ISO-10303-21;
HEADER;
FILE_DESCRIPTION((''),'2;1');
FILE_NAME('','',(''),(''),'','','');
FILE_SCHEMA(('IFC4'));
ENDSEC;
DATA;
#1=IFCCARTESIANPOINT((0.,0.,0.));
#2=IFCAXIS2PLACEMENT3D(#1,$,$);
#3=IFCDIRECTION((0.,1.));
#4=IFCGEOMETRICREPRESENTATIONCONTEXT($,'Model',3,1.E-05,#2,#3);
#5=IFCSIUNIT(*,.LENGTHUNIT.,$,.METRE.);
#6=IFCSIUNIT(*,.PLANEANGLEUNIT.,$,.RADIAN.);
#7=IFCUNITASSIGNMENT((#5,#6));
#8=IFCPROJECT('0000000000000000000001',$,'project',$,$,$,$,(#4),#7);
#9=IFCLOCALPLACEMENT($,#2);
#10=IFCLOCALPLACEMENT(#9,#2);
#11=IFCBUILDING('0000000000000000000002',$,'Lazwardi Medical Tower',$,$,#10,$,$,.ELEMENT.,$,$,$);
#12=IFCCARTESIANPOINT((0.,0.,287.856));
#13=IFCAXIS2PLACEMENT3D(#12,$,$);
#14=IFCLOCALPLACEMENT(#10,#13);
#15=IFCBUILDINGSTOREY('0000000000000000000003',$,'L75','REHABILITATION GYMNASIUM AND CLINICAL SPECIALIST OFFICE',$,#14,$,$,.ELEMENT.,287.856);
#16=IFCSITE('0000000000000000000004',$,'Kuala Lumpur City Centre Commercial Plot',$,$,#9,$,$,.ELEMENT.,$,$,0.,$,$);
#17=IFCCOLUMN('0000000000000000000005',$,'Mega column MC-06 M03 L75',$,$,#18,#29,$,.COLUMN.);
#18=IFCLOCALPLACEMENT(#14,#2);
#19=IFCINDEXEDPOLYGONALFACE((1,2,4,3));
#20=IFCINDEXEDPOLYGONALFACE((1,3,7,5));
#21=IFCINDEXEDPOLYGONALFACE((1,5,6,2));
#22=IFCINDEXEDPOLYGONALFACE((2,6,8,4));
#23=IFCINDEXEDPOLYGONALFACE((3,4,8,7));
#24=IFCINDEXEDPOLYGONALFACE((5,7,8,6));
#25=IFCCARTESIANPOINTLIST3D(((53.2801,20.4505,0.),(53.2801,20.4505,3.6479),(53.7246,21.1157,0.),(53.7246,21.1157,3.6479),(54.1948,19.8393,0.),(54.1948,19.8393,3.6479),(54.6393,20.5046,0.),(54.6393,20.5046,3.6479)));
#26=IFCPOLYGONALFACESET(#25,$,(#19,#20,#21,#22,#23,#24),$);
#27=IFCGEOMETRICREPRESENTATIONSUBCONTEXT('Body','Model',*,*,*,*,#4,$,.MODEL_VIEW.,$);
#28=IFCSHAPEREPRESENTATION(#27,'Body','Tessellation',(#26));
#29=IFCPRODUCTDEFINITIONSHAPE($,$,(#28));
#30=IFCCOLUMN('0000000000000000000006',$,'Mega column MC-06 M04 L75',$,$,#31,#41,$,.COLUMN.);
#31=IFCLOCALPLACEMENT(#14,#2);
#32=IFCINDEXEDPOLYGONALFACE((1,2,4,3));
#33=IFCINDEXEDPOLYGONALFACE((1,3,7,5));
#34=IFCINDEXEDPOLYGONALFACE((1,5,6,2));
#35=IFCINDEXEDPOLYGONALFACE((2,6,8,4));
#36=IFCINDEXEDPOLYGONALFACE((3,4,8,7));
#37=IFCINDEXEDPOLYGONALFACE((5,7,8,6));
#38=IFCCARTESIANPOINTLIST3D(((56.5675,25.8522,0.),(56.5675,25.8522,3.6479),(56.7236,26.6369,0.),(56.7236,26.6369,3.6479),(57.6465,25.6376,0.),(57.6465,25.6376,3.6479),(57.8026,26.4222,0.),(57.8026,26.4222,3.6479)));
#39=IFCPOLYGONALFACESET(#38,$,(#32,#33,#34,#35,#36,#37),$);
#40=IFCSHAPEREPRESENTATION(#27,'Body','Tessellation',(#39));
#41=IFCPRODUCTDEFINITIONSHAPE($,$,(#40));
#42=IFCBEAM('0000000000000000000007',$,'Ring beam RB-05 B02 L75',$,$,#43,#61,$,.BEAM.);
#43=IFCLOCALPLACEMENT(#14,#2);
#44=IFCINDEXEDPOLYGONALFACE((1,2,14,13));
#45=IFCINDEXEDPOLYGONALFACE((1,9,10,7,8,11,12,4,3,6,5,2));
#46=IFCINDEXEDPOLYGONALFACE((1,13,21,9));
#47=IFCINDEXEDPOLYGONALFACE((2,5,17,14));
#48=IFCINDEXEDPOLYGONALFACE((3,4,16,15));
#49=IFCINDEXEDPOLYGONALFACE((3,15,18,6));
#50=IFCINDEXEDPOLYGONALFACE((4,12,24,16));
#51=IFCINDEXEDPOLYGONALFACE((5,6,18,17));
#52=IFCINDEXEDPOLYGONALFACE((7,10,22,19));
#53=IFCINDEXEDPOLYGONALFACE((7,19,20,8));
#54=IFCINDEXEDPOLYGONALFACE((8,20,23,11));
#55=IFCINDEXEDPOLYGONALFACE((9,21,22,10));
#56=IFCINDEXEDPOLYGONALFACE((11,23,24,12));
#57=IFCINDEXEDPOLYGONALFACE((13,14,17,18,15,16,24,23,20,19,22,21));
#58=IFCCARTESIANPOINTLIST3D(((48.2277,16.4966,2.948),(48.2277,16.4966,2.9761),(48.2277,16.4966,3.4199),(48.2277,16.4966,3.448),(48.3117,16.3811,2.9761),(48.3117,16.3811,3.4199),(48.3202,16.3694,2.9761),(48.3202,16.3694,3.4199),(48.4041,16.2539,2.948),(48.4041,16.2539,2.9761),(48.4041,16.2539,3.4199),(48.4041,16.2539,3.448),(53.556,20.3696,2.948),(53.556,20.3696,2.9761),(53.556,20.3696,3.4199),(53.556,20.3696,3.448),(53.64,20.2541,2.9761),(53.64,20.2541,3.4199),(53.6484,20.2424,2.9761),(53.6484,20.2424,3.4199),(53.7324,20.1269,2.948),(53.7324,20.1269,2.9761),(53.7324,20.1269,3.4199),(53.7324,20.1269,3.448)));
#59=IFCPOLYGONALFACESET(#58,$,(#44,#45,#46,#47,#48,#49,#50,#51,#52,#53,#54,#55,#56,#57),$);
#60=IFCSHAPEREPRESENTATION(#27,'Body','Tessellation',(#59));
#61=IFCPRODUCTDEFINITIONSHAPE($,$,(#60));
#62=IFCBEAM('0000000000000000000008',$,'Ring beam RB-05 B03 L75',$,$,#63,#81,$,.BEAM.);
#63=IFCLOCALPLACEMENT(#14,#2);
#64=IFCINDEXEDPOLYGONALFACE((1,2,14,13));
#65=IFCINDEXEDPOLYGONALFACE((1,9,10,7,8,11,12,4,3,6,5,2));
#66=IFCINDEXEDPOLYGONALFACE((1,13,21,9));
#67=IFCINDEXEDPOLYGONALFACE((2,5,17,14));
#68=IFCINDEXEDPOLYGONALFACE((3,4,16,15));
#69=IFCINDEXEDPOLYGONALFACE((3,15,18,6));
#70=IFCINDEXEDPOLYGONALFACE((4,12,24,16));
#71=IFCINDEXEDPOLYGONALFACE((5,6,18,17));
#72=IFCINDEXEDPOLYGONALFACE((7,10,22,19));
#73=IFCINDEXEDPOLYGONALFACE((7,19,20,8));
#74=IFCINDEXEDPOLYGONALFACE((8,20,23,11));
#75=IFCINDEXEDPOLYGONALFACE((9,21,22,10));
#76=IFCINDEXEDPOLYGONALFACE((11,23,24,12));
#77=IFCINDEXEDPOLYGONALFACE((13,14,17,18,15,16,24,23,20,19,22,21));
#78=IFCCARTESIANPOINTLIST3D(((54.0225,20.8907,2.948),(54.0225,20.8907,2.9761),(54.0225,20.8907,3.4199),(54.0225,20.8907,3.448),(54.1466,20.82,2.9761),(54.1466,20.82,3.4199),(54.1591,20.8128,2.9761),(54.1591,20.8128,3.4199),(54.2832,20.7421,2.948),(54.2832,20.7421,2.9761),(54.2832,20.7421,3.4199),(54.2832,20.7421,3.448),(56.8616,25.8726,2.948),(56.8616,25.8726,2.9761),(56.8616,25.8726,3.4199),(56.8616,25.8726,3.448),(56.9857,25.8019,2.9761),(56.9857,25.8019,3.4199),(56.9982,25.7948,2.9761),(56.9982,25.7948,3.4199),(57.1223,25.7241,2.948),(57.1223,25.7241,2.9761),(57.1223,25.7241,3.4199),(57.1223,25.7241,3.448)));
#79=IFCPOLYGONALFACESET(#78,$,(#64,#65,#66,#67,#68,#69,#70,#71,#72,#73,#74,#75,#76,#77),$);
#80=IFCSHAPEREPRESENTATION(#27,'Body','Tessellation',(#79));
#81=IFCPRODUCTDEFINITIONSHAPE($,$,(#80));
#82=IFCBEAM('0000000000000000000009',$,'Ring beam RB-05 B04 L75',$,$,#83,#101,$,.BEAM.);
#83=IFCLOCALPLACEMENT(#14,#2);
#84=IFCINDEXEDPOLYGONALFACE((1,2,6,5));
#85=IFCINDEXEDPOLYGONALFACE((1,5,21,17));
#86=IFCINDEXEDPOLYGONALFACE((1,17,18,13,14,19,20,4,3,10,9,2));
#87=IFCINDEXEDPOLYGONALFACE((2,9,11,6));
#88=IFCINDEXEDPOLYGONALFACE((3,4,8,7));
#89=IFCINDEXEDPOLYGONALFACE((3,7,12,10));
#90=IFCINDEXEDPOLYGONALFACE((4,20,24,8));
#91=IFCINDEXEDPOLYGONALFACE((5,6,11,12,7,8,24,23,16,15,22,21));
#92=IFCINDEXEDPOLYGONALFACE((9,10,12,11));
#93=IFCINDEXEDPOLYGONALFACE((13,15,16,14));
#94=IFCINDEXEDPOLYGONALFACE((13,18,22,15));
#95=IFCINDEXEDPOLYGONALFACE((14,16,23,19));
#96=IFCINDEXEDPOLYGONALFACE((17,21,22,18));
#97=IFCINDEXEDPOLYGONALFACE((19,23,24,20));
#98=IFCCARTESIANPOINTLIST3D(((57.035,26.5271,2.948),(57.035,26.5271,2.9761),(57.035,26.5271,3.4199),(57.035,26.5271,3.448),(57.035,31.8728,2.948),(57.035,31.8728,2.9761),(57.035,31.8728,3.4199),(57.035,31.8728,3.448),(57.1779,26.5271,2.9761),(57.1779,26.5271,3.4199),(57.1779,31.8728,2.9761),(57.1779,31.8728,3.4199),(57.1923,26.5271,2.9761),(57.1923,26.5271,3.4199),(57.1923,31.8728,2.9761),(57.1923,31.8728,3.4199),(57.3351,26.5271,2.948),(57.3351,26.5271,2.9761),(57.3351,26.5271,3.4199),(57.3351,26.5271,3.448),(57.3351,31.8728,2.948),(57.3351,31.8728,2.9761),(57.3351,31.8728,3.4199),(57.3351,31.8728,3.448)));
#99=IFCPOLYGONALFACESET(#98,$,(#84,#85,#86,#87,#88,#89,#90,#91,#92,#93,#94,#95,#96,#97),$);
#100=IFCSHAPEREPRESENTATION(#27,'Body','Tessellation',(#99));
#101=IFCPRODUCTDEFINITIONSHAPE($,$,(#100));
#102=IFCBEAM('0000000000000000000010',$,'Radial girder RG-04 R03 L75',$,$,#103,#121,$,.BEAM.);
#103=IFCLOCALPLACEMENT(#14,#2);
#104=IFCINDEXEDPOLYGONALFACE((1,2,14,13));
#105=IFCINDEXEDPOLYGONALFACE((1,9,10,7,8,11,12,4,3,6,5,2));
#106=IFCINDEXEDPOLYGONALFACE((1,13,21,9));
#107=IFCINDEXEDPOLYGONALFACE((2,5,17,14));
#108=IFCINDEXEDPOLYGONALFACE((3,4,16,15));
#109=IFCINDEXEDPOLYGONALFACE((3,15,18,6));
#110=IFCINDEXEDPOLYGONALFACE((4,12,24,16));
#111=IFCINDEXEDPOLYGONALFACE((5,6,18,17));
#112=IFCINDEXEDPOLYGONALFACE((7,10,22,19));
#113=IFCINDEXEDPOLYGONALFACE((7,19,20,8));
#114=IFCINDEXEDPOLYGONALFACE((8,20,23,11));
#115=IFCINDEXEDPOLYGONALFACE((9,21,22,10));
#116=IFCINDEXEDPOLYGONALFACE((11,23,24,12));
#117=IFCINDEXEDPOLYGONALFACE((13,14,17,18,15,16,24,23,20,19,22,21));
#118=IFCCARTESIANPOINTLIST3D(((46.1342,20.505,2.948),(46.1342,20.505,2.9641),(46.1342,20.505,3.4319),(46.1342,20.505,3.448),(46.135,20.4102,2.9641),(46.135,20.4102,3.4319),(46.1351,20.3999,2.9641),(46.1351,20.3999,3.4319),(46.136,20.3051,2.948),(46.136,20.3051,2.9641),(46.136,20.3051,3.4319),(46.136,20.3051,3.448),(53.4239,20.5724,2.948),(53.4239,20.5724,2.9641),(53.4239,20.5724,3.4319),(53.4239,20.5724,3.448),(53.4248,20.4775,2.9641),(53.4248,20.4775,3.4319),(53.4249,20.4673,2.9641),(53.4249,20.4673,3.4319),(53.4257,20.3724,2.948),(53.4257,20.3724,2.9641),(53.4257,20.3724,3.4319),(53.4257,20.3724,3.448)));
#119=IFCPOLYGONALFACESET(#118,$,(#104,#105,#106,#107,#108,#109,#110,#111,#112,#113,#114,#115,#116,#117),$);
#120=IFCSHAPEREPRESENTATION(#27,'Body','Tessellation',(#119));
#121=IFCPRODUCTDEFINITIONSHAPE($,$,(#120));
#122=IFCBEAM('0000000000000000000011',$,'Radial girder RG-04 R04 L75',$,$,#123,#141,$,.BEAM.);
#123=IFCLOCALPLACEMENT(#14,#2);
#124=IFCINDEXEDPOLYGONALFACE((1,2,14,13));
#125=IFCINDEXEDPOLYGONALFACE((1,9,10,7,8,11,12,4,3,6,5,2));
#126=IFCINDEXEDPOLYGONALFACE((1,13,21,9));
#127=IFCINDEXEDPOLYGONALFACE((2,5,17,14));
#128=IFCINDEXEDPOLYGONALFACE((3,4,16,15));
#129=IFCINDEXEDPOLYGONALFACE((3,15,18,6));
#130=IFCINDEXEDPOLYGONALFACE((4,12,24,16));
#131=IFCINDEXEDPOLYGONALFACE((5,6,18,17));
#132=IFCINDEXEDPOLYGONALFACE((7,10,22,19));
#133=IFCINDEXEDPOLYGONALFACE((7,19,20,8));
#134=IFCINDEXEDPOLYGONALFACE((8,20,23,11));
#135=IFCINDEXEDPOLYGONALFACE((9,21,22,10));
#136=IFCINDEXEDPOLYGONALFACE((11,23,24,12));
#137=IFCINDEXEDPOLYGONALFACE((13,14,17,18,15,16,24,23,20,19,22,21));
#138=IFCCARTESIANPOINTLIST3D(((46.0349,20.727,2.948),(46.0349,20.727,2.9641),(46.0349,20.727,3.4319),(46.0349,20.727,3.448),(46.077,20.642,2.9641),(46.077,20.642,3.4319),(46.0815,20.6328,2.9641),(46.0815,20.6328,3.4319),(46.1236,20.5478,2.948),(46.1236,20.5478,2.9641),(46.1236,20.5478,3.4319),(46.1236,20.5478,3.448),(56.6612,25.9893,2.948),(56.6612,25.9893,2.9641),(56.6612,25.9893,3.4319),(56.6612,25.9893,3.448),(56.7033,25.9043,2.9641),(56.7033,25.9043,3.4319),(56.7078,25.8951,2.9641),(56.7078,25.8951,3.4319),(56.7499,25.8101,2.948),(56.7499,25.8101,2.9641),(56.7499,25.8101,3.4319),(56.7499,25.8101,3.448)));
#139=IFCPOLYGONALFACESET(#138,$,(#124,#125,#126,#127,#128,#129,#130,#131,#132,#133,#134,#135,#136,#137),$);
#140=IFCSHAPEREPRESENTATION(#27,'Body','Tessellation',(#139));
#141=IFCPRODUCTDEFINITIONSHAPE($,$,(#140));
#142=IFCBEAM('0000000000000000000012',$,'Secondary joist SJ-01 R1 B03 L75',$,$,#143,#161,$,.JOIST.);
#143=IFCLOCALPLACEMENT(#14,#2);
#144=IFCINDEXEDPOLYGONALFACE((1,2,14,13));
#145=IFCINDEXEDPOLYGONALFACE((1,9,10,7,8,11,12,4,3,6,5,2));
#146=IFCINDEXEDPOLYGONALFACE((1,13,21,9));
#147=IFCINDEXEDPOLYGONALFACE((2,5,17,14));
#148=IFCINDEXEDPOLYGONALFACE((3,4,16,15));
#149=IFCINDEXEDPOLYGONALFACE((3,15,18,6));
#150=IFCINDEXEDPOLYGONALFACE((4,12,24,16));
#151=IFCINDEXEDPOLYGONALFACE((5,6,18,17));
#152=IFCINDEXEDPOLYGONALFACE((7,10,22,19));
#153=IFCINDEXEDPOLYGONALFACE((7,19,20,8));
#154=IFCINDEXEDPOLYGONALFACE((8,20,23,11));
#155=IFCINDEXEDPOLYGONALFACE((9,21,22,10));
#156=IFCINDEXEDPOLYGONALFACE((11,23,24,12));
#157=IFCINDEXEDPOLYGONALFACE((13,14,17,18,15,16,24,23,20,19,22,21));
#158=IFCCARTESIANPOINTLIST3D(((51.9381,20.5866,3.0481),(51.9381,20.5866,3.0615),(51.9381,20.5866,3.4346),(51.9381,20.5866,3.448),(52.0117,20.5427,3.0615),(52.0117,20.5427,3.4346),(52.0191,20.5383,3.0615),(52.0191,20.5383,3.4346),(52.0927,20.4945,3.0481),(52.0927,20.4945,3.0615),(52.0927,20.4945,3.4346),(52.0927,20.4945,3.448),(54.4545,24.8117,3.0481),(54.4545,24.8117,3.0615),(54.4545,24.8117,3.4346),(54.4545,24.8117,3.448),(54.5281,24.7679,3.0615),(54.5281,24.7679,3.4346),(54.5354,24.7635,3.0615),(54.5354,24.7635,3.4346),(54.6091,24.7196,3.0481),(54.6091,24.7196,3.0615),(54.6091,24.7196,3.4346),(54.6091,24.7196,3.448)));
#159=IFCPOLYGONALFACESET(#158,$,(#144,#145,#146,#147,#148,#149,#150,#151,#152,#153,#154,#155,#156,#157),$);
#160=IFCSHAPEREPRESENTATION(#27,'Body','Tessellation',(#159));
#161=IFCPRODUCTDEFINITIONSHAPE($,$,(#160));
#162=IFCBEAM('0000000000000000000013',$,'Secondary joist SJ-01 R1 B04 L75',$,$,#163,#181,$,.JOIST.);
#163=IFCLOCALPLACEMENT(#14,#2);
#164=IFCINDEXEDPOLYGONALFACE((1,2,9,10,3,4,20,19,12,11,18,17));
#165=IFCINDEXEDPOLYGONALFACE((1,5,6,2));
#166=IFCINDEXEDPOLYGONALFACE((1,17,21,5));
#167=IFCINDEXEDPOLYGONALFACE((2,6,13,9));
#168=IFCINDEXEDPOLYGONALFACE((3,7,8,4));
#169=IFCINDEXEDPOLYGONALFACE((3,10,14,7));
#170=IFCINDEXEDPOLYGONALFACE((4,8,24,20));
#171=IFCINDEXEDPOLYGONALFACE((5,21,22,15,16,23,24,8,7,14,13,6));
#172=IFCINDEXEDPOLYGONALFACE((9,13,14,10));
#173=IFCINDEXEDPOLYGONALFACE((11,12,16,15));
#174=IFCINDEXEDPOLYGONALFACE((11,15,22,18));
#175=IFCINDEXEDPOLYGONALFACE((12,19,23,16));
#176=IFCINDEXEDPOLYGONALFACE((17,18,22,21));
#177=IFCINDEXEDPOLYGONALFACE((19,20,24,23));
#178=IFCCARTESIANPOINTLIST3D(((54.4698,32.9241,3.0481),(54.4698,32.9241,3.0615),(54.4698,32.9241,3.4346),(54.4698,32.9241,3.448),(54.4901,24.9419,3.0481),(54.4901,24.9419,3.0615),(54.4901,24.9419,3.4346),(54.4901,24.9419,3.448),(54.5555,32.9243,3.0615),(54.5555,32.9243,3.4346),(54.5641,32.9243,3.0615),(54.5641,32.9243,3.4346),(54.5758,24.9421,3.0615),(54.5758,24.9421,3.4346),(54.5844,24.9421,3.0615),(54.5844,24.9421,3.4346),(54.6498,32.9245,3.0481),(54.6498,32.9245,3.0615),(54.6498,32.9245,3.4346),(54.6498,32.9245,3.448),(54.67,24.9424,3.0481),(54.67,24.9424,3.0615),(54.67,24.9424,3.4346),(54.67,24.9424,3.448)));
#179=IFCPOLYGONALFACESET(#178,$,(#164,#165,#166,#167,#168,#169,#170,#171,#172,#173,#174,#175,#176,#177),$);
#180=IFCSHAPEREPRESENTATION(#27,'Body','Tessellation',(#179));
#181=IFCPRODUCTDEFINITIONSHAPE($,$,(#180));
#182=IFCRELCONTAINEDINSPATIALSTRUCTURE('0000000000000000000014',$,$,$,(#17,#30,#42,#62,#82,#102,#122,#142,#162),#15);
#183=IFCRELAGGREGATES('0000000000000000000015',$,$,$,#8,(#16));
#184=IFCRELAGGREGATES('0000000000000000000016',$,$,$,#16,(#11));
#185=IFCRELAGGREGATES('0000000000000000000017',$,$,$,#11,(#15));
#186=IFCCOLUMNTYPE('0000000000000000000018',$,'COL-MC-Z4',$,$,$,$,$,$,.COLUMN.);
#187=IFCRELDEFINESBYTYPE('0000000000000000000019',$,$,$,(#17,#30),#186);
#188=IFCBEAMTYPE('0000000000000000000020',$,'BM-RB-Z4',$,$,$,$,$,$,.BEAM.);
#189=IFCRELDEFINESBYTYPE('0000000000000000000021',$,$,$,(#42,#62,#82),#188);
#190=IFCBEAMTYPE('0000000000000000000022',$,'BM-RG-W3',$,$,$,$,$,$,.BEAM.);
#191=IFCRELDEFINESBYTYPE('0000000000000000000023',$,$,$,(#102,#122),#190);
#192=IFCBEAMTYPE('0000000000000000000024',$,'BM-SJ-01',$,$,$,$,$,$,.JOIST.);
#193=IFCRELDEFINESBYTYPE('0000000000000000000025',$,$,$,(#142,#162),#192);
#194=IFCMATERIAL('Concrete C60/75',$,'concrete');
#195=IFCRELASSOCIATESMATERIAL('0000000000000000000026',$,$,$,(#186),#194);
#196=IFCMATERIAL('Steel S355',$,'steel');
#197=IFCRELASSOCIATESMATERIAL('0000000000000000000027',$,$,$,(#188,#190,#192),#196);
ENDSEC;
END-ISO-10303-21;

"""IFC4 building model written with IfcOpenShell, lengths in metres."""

from ifc_helpers import new_model, si_unit, direction, frame, origin, origin_2d, place, context, subcontext, project, spatial, rectangle, i_section, extrude, material, material_profile, profile_set, type_object, element, save


model = new_model("IFC4")

# Units and contexts
model_context = context("Model", 3, precision=1e-05, world=origin(), true_north=direction((0.0, 1.0)))
body_context = subcontext(model_context, "Body", "Model", "MODEL_VIEW")
ifc_project = project(units=[si_unit("LENGTHUNIT", "METRE"), si_unit("PLANEANGLEUNIT", "RADIAN")], contexts=[model_context])

# Site, building, storey
site_placement = place(None, origin())
site = spatial("IfcSite", under=ifc_project, at=site_placement, Name="Kuala Lumpur City Centre Commercial Plot", CompositionType="ELEMENT", RefElevation=0.0)
building_placement = place(site_placement, origin())
building = spatial("IfcBuilding", under=site, at=building_placement, Name="Lazwardi Medical Tower", CompositionType="ELEMENT")
storey_placement = place(building_placement, frame((0.0, 0.0, 287.856)))
storey = spatial("IfcBuildingStorey", under=building, at=storey_placement, Name="L75", Description="REHABILITATION GYMNASIUM AND CLINICAL SPECIALIST OFFICE", CompositionType="ELEMENT", Elevation=287.856)

# Columns
ifc_material_1 = material(Name="Concrete C60/75", Category="concrete")
ifc_material_profile_1 = material_profile(ifc_material_1, rectangle(XDim=1.1001, YDim=0.8, at=origin_2d()), Name="CFT-RECT 1100x800")
ifc_profile_set_1 = profile_set([ifc_material_profile_1], Name="Concrete C60/75")
column_type = type_object("IfcColumnType", Name="COL-MC-Z4", PredefinedType="COLUMN", material=ifc_profile_set_1)
for number, where, z_axis, x_axis, name in (
    (1, (53.9597, 20.4775, 0.0), (0.0, 0.0, 1.0), (0.83147, -0.55557, 0.0), "Mega column MC-06 M03 L75"),
    (2, (57.1851, 26.1372, 0.0), (0.0, 0.0, 1.0), (0.980785, -0.19509, 0.0), "Mega column MC-06 M04 L75"),
):
    element("IfcColumn", number, at=place(storey_placement, frame(where, z_axis=z_axis, x_axis=x_axis)), inside=storey, type_object=column_type, Name=name, PredefinedType="COLUMN", context=body_context, shape_type="SweptSolid", body=[
        extrude(rectangle(XDim=1.1001, YDim=0.8, at=origin_2d()), origin(), (0.0, 0.0, 1.0), 3.6479),
    ])

# Beams
ifc_material_2 = material(Name="Steel S355", Category="steel")
ifc_material_profile_2 = material_profile(ifc_material_2, i_section(OverallWidth=0.3, OverallDepth=0.5, WebThickness=0.0144, FlangeThickness=0.0281, at=origin_2d()), Name="HEB 500")
ifc_profile_set_2 = profile_set([ifc_material_profile_2], Name="Steel S355")
beam_type_1 = type_object("IfcBeamType", Name="BM-RB-Z4", PredefinedType="BEAM", material=ifc_profile_set_2)
beam_1_placement = place(storey_placement, frame((48.3159, 16.3752, 3.198), z_axis=(0.80889, 0.58796, 0.0), x_axis=(-0.58796, 0.80889, 0.0)))
element("IfcBeam", 3, at=beam_1_placement, inside=storey, type_object=beam_type_1, Name="Ring beam RB-05 B02 L75", PredefinedType="BEAM", context=body_context, shape_type="SweptSolid", body=[
    extrude(i_section(OverallWidth=0.3, OverallDepth=0.5, WebThickness=0.0144, FlangeThickness=0.0281, at=origin_2d()), origin(), (0.0, 0.0, 1.0), 6.5872),
])
beam_2_placement = place(storey_placement, frame((54.1528, 20.8164, 3.198), z_axis=(0.495125, 0.868822, 0.0), x_axis=(-0.868822, 0.495125, 0.0)))
element("IfcBeam", 4, at=beam_2_placement, inside=storey, type_object=beam_type_1, Name="Ring beam RB-05 B03 L75", PredefinedType="BEAM", context=body_context, shape_type="SweptSolid", body=[
    extrude(i_section(OverallWidth=0.3, OverallDepth=0.5, WebThickness=0.0144, FlangeThickness=0.0281, at=origin_2d()), origin(), (0.0, 0.0, 1.0), 5.7341),
])
beam_3_placement = place(storey_placement, frame((57.1851, 26.5271, 3.198), z_axis=(0.0, 1.0, 0.0), x_axis=(-1.0, 0.0, 0.0)))
element("IfcBeam", 5, at=beam_3_placement, inside=storey, type_object=beam_type_1, Name="Ring beam RB-05 B04 L75", PredefinedType="BEAM", context=body_context, shape_type="SweptSolid", body=[
    extrude(i_section(OverallWidth=0.3, OverallDepth=0.5, WebThickness=0.0144, FlangeThickness=0.0281, at=origin_2d()), origin(), (0.0, 0.0, 1.0), 5.3457),
])
ifc_material_profile_3 = material_profile(ifc_material_2, i_section(OverallWidth=0.2, OverallDepth=0.5, WebThickness=0.0103, FlangeThickness=0.0161, at=origin_2d()), Name="IPE 500")
ifc_profile_set_3 = profile_set([ifc_material_profile_3], Name="Steel S355")
beam_type_2 = type_object("IfcBeamType", Name="BM-RG-W3", PredefinedType="BEAM", material=ifc_profile_set_3)
beam_4_placement = place(storey_placement, frame((53.4248, 20.4724, 3.198), z_axis=(-0.999957, -0.009243, 0.0), x_axis=(0.009243, -0.999957, 0.0)))
element("IfcBeam", 6, at=beam_4_placement, inside=storey, type_object=beam_type_2, Name="Radial girder RG-04 R03 L75", PredefinedType="BEAM", context=body_context, shape_type="SweptSolid", body=[
    extrude(i_section(OverallWidth=0.2, OverallDepth=0.5, WebThickness=0.0103, FlangeThickness=0.0161, at=origin_2d()), origin(), (0.0, 0.0, 1.0), 7.29),
])
beam_5_placement = place(storey_placement, frame((56.7056, 25.8997, 3.198), z_axis=(-0.896138, -0.443776, 0.0), x_axis=(0.443776, -0.896138, 0.0)))
element("IfcBeam", 7, at=beam_5_placement, inside=storey, type_object=beam_type_2, Name="Radial girder RG-04 R04 L75", PredefinedType="BEAM", context=body_context, shape_type="SweptSolid", body=[
    extrude(i_section(OverallWidth=0.2, OverallDepth=0.5, WebThickness=0.0103, FlangeThickness=0.0161, at=origin_2d()), origin(), (0.0, 0.0, 1.0), 11.8579),
])
ifc_material_profile_4 = material_profile(ifc_material_2, i_section(OverallWidth=0.1799, OverallDepth=0.3999, WebThickness=0.0085, FlangeThickness=0.0134, at=origin_2d()), Name="IPE 400")
ifc_profile_set_4 = profile_set([ifc_material_profile_4], Name="Steel S355")
beam_type_3 = type_object("IfcBeamType", Name="BM-SJ-01", PredefinedType="JOIST", material=ifc_profile_set_4)
beam_6_placement = place(storey_placement, frame((52.0154, 20.5405, 3.248), z_axis=(0.511697, 0.859166, 0.0), x_axis=(-0.859166, 0.511697, 0.0)))
element("IfcBeam", 8, at=beam_6_placement, inside=storey, type_object=beam_type_3, Name="Secondary joist SJ-01 R1 B03 L75", PredefinedType="JOIST", context=body_context, shape_type="SweptSolid", body=[
    extrude(i_section(OverallWidth=0.1799, OverallDepth=0.3999, WebThickness=0.0085, FlangeThickness=0.0134, at=origin_2d()), origin(), (0.0, 0.0, 1.0), 4.9177),
])
beam_7_placement = place(storey_placement, frame((54.5801, 24.9421, 3.248), z_axis=(-0.002539, 0.999997, 0.0), x_axis=(-0.999997, -0.002539, 0.0)))
element("IfcBeam", 9, at=beam_7_placement, inside=storey, type_object=beam_type_3, Name="Secondary joist SJ-01 R1 B04 L75", PredefinedType="JOIST", context=body_context, shape_type="SweptSolid", body=[
    extrude(i_section(OverallWidth=0.1799, OverallDepth=0.3999, WebThickness=0.0085, FlangeThickness=0.0134, at=origin_2d()), origin(), (0.0, 0.0, 1.0), 7.9822),
])

save(model, "model.ifc")
